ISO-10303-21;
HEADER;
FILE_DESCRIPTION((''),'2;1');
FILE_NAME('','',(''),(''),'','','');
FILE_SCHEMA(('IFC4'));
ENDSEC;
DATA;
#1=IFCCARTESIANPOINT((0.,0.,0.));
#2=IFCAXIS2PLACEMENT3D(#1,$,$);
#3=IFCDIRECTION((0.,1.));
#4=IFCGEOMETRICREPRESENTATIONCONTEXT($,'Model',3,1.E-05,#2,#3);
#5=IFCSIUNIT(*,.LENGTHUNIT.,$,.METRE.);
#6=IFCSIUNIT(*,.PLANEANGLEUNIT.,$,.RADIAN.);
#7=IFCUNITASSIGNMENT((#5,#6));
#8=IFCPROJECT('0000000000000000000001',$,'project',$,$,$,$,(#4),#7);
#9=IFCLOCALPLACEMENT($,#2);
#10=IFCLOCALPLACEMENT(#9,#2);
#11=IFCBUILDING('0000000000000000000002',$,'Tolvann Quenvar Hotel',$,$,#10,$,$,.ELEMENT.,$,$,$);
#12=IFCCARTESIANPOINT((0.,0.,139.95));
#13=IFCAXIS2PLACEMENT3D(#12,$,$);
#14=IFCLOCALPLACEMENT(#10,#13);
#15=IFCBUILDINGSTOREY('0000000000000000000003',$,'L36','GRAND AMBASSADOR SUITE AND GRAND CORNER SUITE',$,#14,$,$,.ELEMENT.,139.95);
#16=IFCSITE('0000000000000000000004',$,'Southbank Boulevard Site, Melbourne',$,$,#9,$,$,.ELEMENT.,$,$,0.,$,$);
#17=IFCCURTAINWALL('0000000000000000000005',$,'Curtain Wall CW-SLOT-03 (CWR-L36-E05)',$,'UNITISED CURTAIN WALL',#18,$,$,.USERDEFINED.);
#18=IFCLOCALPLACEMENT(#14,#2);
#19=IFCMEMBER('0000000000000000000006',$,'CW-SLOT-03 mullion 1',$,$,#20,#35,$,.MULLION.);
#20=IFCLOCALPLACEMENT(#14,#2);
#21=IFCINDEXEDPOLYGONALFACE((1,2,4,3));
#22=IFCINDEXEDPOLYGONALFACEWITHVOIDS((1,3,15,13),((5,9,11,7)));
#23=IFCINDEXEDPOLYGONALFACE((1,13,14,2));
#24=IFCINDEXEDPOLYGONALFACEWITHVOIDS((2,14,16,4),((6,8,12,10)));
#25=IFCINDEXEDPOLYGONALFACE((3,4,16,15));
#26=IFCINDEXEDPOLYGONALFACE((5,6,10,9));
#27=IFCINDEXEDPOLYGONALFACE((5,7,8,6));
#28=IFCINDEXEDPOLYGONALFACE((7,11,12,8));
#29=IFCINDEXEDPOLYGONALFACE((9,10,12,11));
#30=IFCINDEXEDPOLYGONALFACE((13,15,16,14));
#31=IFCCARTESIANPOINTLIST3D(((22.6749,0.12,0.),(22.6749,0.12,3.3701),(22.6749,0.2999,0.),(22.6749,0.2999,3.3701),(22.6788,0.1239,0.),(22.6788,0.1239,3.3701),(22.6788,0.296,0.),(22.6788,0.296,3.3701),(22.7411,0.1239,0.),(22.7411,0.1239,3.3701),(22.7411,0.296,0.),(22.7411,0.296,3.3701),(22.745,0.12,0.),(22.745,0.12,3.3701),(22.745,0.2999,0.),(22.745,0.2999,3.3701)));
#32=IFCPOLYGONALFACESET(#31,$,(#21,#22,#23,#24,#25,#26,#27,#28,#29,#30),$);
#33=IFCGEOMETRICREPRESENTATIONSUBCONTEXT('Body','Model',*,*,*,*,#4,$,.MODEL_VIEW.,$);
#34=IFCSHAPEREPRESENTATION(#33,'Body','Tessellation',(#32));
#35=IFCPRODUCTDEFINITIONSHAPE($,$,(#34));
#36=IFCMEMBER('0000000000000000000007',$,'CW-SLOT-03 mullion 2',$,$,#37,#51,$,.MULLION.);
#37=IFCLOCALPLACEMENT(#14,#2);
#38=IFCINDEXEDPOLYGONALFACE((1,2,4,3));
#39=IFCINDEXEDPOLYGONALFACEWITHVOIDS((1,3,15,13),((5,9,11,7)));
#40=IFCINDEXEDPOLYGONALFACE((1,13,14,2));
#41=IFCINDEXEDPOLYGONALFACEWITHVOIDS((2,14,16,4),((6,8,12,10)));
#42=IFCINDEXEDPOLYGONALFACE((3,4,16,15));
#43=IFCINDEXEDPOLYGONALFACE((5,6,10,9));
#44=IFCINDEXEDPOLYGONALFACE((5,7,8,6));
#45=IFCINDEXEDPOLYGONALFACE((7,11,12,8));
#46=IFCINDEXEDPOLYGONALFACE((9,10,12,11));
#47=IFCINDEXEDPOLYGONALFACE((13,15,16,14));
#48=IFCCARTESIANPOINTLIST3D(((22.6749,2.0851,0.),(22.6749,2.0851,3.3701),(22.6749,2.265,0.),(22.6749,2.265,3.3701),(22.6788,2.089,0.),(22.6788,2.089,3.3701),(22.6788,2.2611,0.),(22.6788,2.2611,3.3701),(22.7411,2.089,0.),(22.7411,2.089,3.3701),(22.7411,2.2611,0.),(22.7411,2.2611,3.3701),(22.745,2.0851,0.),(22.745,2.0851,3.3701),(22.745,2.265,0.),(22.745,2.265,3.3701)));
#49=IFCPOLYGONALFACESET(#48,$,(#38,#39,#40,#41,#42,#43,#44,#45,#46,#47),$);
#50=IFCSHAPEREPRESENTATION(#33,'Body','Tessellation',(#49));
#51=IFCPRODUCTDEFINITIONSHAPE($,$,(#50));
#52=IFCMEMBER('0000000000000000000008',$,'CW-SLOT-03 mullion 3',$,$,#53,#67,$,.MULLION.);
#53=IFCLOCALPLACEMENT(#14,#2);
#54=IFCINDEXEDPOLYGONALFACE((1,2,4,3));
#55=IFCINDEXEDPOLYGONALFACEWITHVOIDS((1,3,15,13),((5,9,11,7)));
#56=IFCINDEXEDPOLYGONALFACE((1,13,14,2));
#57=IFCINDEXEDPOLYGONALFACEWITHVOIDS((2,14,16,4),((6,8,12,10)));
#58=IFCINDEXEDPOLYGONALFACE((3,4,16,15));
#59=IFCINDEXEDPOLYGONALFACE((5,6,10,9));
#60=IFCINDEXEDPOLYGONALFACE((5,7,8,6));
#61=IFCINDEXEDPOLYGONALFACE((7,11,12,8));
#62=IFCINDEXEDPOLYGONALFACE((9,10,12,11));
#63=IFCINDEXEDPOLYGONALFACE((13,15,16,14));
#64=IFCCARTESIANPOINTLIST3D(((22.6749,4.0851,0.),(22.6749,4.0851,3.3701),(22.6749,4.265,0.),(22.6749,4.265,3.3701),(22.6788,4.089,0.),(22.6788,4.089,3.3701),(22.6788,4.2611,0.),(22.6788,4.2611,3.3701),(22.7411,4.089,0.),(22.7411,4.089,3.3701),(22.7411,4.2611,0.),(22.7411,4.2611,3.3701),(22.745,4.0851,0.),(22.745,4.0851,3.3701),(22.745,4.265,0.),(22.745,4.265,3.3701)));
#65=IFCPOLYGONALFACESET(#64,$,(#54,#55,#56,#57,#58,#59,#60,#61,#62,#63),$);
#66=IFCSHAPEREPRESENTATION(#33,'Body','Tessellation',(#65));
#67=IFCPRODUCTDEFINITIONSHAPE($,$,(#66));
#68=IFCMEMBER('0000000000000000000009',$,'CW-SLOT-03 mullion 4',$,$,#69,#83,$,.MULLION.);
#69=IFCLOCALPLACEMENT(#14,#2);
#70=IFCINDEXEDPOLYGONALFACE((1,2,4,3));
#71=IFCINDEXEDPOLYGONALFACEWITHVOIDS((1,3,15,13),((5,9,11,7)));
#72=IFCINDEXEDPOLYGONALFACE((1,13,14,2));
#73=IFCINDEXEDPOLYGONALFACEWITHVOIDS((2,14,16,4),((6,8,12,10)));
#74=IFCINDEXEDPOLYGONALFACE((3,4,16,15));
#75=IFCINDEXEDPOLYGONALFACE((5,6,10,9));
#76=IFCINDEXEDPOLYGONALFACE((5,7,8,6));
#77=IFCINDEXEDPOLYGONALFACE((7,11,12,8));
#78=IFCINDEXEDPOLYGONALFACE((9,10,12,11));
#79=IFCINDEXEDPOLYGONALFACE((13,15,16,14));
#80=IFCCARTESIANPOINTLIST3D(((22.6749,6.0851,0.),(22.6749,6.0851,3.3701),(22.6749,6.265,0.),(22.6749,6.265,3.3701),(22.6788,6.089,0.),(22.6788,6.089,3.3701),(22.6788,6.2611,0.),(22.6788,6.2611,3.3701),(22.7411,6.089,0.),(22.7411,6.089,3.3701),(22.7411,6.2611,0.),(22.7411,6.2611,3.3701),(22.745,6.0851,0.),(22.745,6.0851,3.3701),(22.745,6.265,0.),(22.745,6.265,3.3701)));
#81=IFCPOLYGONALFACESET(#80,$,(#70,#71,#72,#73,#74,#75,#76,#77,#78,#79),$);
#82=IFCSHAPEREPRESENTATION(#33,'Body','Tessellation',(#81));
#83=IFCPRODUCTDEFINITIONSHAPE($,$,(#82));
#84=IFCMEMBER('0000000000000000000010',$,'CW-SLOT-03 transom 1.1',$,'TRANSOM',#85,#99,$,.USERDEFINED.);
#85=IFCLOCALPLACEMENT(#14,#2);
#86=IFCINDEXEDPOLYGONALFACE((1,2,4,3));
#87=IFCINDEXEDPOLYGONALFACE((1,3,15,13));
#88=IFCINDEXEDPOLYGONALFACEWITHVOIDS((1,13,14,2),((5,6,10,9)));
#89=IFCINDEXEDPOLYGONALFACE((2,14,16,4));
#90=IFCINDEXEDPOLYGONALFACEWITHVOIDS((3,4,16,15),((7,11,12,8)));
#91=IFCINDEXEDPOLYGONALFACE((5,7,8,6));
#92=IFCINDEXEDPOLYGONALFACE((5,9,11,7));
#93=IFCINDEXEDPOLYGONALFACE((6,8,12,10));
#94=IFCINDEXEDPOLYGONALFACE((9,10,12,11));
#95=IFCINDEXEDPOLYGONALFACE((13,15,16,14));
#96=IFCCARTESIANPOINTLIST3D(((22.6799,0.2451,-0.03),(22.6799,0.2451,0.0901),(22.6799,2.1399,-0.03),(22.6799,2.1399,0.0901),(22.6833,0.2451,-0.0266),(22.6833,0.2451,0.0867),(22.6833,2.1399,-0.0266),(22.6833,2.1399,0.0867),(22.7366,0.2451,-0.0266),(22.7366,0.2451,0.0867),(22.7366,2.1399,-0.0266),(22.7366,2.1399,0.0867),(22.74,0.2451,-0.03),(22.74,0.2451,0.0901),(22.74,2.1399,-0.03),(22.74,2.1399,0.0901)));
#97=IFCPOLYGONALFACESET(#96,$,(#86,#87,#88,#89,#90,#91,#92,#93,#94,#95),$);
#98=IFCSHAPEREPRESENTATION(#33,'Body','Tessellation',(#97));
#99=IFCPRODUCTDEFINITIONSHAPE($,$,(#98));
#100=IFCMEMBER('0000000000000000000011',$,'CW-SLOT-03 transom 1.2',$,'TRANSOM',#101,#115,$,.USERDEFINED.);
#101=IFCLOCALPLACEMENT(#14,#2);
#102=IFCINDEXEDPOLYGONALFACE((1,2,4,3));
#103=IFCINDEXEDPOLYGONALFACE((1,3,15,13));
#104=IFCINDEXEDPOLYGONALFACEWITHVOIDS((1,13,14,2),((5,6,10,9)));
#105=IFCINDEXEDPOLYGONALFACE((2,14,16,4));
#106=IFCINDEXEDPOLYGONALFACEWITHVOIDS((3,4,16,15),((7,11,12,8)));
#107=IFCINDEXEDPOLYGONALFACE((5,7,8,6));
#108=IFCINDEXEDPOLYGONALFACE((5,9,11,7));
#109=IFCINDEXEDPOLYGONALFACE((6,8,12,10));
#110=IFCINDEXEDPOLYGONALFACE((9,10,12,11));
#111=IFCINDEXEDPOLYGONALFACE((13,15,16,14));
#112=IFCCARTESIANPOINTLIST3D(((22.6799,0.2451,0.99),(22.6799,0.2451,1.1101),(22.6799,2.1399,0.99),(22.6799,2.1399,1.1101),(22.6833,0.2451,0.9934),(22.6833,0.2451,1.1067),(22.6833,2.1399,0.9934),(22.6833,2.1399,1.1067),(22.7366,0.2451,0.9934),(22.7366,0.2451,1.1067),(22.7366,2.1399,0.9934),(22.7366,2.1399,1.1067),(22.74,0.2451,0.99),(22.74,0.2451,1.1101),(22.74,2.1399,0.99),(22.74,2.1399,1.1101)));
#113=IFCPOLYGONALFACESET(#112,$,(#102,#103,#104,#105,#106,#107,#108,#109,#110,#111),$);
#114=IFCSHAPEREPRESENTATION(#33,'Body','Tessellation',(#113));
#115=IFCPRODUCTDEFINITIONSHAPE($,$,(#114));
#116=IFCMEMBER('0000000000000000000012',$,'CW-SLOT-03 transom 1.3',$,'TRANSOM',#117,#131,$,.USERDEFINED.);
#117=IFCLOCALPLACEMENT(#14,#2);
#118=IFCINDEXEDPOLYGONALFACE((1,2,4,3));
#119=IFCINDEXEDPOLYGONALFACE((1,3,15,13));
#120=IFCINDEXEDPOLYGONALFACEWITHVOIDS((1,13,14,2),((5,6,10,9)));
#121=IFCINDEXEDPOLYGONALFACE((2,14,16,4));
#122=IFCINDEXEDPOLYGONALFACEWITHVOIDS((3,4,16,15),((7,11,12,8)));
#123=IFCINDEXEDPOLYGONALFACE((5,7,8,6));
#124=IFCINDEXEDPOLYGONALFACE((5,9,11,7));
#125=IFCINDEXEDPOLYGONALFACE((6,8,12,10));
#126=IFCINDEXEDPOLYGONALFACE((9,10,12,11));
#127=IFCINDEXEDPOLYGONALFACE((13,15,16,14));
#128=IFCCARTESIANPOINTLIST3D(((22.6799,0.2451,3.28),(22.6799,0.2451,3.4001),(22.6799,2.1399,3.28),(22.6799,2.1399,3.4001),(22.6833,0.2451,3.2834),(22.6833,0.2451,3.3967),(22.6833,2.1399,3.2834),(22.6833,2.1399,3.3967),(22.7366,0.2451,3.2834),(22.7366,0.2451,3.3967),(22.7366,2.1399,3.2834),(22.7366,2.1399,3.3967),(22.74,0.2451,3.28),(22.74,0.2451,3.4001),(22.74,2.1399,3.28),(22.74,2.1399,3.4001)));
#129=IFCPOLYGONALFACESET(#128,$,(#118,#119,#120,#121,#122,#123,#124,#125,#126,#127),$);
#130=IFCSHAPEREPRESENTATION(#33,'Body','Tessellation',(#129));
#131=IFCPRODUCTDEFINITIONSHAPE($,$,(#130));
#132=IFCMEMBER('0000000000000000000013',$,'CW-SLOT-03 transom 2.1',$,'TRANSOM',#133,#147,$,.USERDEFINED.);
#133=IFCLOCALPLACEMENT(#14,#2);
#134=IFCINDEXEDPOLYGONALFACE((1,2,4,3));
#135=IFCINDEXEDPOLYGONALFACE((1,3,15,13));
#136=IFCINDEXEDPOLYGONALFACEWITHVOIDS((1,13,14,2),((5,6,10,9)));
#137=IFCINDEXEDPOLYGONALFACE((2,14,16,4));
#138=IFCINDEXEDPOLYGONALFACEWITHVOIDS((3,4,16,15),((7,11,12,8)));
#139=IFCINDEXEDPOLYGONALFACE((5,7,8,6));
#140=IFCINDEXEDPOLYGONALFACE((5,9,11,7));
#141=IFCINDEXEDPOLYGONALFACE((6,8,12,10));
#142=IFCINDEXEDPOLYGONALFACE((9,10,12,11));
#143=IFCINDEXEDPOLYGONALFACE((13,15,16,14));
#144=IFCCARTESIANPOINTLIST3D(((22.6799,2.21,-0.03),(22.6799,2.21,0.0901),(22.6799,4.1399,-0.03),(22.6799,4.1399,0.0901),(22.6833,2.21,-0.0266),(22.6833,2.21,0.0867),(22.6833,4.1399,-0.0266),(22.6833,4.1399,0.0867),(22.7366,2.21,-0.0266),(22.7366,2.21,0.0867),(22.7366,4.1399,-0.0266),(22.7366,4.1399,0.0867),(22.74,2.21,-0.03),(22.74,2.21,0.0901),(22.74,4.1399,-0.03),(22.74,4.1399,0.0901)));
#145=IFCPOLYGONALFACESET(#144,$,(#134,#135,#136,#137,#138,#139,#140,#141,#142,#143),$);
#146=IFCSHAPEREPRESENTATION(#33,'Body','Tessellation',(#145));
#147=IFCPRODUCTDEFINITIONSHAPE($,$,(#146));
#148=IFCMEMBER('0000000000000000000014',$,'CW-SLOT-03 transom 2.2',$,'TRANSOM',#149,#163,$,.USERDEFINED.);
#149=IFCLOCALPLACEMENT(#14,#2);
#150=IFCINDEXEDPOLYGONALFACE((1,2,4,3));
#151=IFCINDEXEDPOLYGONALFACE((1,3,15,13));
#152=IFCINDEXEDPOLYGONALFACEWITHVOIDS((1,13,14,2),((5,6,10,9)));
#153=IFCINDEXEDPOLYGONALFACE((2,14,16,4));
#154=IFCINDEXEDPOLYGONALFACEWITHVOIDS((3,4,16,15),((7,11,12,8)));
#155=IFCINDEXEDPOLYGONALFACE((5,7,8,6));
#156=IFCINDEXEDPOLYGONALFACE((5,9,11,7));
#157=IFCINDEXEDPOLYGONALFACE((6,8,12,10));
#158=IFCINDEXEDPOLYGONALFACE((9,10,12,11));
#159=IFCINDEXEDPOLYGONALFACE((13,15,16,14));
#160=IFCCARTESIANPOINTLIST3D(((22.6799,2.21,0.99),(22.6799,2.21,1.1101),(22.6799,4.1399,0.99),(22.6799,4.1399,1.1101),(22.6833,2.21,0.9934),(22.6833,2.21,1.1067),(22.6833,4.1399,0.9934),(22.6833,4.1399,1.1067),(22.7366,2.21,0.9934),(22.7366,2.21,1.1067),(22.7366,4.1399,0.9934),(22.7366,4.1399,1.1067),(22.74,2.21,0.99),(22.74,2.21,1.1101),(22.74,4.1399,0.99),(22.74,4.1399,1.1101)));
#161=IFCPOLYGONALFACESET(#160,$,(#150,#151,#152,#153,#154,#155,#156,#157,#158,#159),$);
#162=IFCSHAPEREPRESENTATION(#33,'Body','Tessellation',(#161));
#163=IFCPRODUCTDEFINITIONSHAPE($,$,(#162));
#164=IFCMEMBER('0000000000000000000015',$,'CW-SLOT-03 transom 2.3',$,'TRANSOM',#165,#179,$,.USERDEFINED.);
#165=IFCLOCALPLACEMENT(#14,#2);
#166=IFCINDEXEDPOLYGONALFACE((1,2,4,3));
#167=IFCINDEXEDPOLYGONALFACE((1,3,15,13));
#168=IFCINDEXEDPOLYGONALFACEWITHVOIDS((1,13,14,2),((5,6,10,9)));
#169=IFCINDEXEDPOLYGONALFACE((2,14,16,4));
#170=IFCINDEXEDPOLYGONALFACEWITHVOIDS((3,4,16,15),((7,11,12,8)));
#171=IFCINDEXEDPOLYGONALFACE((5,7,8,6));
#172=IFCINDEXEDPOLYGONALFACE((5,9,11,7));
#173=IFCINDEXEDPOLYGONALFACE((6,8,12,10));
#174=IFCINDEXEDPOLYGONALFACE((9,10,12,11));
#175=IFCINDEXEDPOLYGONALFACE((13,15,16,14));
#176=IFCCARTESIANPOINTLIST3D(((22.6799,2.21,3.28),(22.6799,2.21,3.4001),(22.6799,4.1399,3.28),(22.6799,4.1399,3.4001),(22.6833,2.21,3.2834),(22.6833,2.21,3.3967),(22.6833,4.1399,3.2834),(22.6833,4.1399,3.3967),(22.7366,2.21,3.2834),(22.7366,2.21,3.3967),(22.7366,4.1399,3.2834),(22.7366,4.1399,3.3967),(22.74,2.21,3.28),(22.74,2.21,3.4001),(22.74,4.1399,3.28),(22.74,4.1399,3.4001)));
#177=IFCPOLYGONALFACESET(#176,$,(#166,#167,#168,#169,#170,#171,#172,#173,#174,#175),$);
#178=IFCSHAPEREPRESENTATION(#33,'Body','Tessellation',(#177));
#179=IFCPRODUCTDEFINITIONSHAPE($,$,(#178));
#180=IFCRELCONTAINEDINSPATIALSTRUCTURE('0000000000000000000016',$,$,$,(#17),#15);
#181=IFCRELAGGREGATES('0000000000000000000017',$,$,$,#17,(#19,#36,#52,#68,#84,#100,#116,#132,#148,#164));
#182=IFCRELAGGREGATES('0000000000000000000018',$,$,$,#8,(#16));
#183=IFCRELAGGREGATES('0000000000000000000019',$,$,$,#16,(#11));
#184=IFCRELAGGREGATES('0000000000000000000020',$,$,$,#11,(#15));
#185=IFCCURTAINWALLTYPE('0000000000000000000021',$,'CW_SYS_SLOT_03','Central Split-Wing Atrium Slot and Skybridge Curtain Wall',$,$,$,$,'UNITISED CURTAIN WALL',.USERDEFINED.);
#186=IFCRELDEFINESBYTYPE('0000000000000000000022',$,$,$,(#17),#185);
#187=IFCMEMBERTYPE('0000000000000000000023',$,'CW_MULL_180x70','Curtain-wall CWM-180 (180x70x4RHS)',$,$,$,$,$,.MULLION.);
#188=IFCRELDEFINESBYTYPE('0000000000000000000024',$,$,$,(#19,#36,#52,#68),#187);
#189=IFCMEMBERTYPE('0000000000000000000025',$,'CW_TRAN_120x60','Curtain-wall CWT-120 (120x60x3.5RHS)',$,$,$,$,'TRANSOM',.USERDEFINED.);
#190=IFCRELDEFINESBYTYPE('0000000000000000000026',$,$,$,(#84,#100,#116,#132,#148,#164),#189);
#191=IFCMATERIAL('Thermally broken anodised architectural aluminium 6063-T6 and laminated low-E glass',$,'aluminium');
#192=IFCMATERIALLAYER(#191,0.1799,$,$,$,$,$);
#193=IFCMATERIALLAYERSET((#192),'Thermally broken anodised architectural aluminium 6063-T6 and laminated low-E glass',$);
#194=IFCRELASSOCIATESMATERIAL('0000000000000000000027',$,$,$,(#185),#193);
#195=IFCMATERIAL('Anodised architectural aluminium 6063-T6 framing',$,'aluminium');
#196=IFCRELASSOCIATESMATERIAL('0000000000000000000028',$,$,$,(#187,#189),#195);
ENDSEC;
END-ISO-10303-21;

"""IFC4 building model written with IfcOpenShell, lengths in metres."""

from ifc_helpers import new_model, si_unit, direction, frame, origin, origin_2d, place, context, subcontext, project, spatial, hollow_rectangle, extrude, source, transform, mapped, material, layer, layer_set, material_profile, profile_set, type_object, type_shapes, element, aggregate, save


model = new_model("IFC4")

# Units and contexts
model_context = context("Model", 3, precision=1e-05, world=origin(), true_north=direction((0.0, 1.0)))
body_context = subcontext(model_context, "Body", "Model", "MODEL_VIEW")
ifc_project = project(units=[si_unit("LENGTHUNIT", "METRE"), si_unit("PLANEANGLEUNIT", "RADIAN")], contexts=[model_context])

# Site, building, storey
site_placement = place(None, origin())
site = spatial("IfcSite", under=ifc_project, at=site_placement, Name="Southbank Boulevard Site, Melbourne", CompositionType="ELEMENT", RefElevation=0.0)
building_placement = place(site_placement, origin())
building = spatial("IfcBuilding", under=site, at=building_placement, Name="Tolvann Quenvar Hotel", CompositionType="ELEMENT")
storey_placement = place(building_placement, frame((0.0, 0.0, 139.95)))
storey = spatial("IfcBuildingStorey", under=building, at=storey_placement, Name="L36", Description="GRAND AMBASSADOR SUITE AND GRAND CORNER SUITE", CompositionType="ELEMENT", Elevation=139.95)

# Curtain wall, members
ifc_material_1 = material(Name="Thermally broken anodised architectural aluminium 6063-T6 and laminated low-E glass", Category="aluminium")
ifc_layer_1 = layer(ifc_material_1, 0.1799)
ifc_layer_set_1 = layer_set([ifc_layer_1], Name="Thermally broken anodised architectural aluminium 6063-T6 and laminated low-E glass")
curtain_wall_type = type_object("IfcCurtainWallType", Name="CW_SYS_SLOT_03", Description="Central Split-Wing Atrium Slot and Skybridge Curtain Wall", ElementType="UNITISED CURTAIN WALL", PredefinedType="USERDEFINED", material=ifc_layer_set_1)
curtain_wall_placement = place(storey_placement, origin())
curtain_wall = element("IfcCurtainWall", 1, at=curtain_wall_placement, inside=storey, type_object=curtain_wall_type, Name="Curtain Wall CW-SLOT-03 (CWR-L36-E05)", ObjectType="UNITISED CURTAIN WALL", PredefinedType="USERDEFINED")
ifc_material_2 = material(Name="Anodised architectural aluminium 6063-T6 framing", Category="aluminium")
ifc_material_profile_1 = material_profile(ifc_material_2, hollow_rectangle(XDim=0.0701, YDim=0.1799, WallThickness=0.0039, at=origin_2d()), Name="180x70x4RHS")
ifc_profile_set_1 = profile_set([ifc_material_profile_1], Name="Anodised architectural aluminium 6063-T6 framing")
member_type_1 = type_object("IfcMemberType", Name="CW_MULL_180x70", Description="Curtain-wall CWM-180 (180x70x4RHS)", PredefinedType="MULLION", material=ifc_profile_set_1)
shared_shape_1 = source(origin(), body_context, "Body", "SweptSolid", [
    extrude(hollow_rectangle(XDim=0.0701, YDim=0.1799, WallThickness=0.0039, at=origin_2d()), origin(), (0.0, 0.0, 1.0), 3.3701),
])
type_shapes(member_type_1, [shared_shape_1])
member_1_placement = place(storey_placement, frame((22.71, 0.21, 0.0), z_axis=(0.0, 0.0, 1.0), x_axis=(-1.0, 0.0, 0.0)))
member_1 = element("IfcMember", 2, at=member_1_placement, type_object=member_type_1, Name="CW-SLOT-03 mullion 1", PredefinedType="MULLION", context=body_context, shape_type="MappedRepresentation", body=[
    mapped(shared_shape_1, transform((0.0, 0.0, 0.0), x_axis=(1.0, 0.0, 0.0), y_axis=(0.0, 1.0, 0.0), z_axis=(0.0, 0.0, 1.0), scale=1.0)),
])
member_2_placement = place(storey_placement, frame((22.71, 2.175, 0.0), z_axis=(0.0, 0.0, 1.0), x_axis=(-1.0, 0.0, 0.0)))
member_2 = element("IfcMember", 3, at=member_2_placement, type_object=member_type_1, Name="CW-SLOT-03 mullion 2", PredefinedType="MULLION", context=body_context, shape_type="MappedRepresentation", body=[
    mapped(shared_shape_1, transform((0.0, 0.0, 0.0), x_axis=(1.0, 0.0, 0.0), y_axis=(0.0, 1.0, 0.0), z_axis=(0.0, 0.0, 1.0), scale=1.0)),
])
member_3_placement = place(storey_placement, frame((22.71, 4.175, 0.0), z_axis=(0.0, 0.0, 1.0), x_axis=(-1.0, 0.0, 0.0)))
member_3 = element("IfcMember", 4, at=member_3_placement, type_object=member_type_1, Name="CW-SLOT-03 mullion 3", PredefinedType="MULLION", context=body_context, shape_type="MappedRepresentation", body=[
    mapped(shared_shape_1, transform((0.0, 0.0, 0.0), x_axis=(1.0, 0.0, 0.0), y_axis=(0.0, 1.0, 0.0), z_axis=(0.0, 0.0, 1.0), scale=1.0)),
])
member_4_placement = place(storey_placement, frame((22.71, 6.175, 0.0), z_axis=(0.0, 0.0, 1.0), x_axis=(-1.0, 0.0, 0.0)))
member_4 = element("IfcMember", 5, at=member_4_placement, type_object=member_type_1, Name="CW-SLOT-03 mullion 4", PredefinedType="MULLION", context=body_context, shape_type="MappedRepresentation", body=[
    mapped(shared_shape_1, transform((0.0, 0.0, 0.0), x_axis=(1.0, 0.0, 0.0), y_axis=(0.0, 1.0, 0.0), z_axis=(0.0, 0.0, 1.0), scale=1.0)),
])
ifc_material_profile_2 = material_profile(ifc_material_2, hollow_rectangle(XDim=0.0601, YDim=0.1201, WallThickness=0.0034, at=origin_2d()), Name="120x60x3.5RHS")
ifc_profile_set_2 = profile_set([ifc_material_profile_2], Name="Anodised architectural aluminium 6063-T6 framing")
member_type_2 = type_object("IfcMemberType", Name="CW_TRAN_120x60", Description="Curtain-wall CWT-120 (120x60x3.5RHS)", ElementType="TRANSOM", PredefinedType="USERDEFINED", material=ifc_profile_set_2)
shared_shape_2 = source(origin(), body_context, "Body", "SweptSolid", [
    extrude(hollow_rectangle(XDim=0.0601, YDim=0.1201, WallThickness=0.0034, at=origin_2d()), origin(), (0.0, 0.0, 1.0), 1.8948),
])
member_5_placement = place(storey_placement, frame((22.71, 0.2451, 0.03), z_axis=(0.0, 1.0, 0.0), x_axis=(-1.0, 0.0, 0.0)))
member_5 = element("IfcMember", 6, at=member_5_placement, type_object=member_type_2, Name="CW-SLOT-03 transom 1.1", ObjectType="TRANSOM", PredefinedType="USERDEFINED", context=body_context, shape_type="MappedRepresentation", body=[
    mapped(shared_shape_2, transform((0.0, 0.0, 0.0), x_axis=(1.0, 0.0, 0.0), y_axis=(0.0, 1.0, 0.0), z_axis=(0.0, 0.0, 1.0), scale=1.0)),
])
member_6_placement = place(storey_placement, frame((22.71, 0.2451, 1.05), z_axis=(0.0, 1.0, 0.0), x_axis=(-1.0, 0.0, 0.0)))
member_6 = element("IfcMember", 7, at=member_6_placement, type_object=member_type_2, Name="CW-SLOT-03 transom 1.2", ObjectType="TRANSOM", PredefinedType="USERDEFINED", context=body_context, shape_type="MappedRepresentation", body=[
    mapped(shared_shape_2, transform((0.0, 0.0, 0.0), x_axis=(1.0, 0.0, 0.0), y_axis=(0.0, 1.0, 0.0), z_axis=(0.0, 0.0, 1.0), scale=1.0)),
])
member_7_placement = place(storey_placement, frame((22.71, 0.2451, 3.3401), z_axis=(0.0, 1.0, 0.0), x_axis=(-1.0, 0.0, 0.0)))
member_7 = element("IfcMember", 8, at=member_7_placement, type_object=member_type_2, Name="CW-SLOT-03 transom 1.3", ObjectType="TRANSOM", PredefinedType="USERDEFINED", context=body_context, shape_type="MappedRepresentation", body=[
    mapped(shared_shape_2, transform((0.0, 0.0, 0.0), x_axis=(1.0, 0.0, 0.0), y_axis=(0.0, 1.0, 0.0), z_axis=(0.0, 0.0, 1.0), scale=1.0)),
])
shared_shape_3 = source(origin(), body_context, "Body", "SweptSolid", [
    extrude(hollow_rectangle(XDim=0.0601, YDim=0.1201, WallThickness=0.0034, at=origin_2d()), origin(), (0.0, 0.0, 1.0), 1.9299),
])
type_shapes(member_type_2, [shared_shape_2, shared_shape_3])
member_8_placement = place(storey_placement, frame((22.71, 2.21, 0.03), z_axis=(0.0, 1.0, 0.0), x_axis=(-1.0, 0.0, 0.0)))
member_8 = element("IfcMember", 9, at=member_8_placement, type_object=member_type_2, Name="CW-SLOT-03 transom 2.1", ObjectType="TRANSOM", PredefinedType="USERDEFINED", context=body_context, shape_type="MappedRepresentation", body=[
    mapped(shared_shape_3, transform((0.0, 0.0, 0.0), x_axis=(1.0, 0.0, 0.0), y_axis=(0.0, 1.0, 0.0), z_axis=(0.0, 0.0, 1.0), scale=1.0)),
])
member_9_placement = place(storey_placement, frame((22.71, 2.21, 1.05), z_axis=(0.0, 1.0, 0.0), x_axis=(-1.0, 0.0, 0.0)))
member_9 = element("IfcMember", 10, at=member_9_placement, type_object=member_type_2, Name="CW-SLOT-03 transom 2.2", ObjectType="TRANSOM", PredefinedType="USERDEFINED", context=body_context, shape_type="MappedRepresentation", body=[
    mapped(shared_shape_3, transform((0.0, 0.0, 0.0), x_axis=(1.0, 0.0, 0.0), y_axis=(0.0, 1.0, 0.0), z_axis=(0.0, 0.0, 1.0), scale=1.0)),
])
member_10_placement = place(storey_placement, frame((22.71, 2.21, 3.3401), z_axis=(0.0, 1.0, 0.0), x_axis=(-1.0, 0.0, 0.0)))
member_10 = element("IfcMember", 11, at=member_10_placement, type_object=member_type_2, Name="CW-SLOT-03 transom 2.3", ObjectType="TRANSOM", PredefinedType="USERDEFINED", context=body_context, shape_type="MappedRepresentation", body=[
    mapped(shared_shape_3, transform((0.0, 0.0, 0.0), x_axis=(1.0, 0.0, 0.0), y_axis=(0.0, 1.0, 0.0), z_axis=(0.0, 0.0, 1.0), scale=1.0)),
])
aggregate(curtain_wall, [member_1, member_2, member_3, member_4, member_5, member_6, member_7, member_8, member_9, member_10])

save(model, "model.ifc")
